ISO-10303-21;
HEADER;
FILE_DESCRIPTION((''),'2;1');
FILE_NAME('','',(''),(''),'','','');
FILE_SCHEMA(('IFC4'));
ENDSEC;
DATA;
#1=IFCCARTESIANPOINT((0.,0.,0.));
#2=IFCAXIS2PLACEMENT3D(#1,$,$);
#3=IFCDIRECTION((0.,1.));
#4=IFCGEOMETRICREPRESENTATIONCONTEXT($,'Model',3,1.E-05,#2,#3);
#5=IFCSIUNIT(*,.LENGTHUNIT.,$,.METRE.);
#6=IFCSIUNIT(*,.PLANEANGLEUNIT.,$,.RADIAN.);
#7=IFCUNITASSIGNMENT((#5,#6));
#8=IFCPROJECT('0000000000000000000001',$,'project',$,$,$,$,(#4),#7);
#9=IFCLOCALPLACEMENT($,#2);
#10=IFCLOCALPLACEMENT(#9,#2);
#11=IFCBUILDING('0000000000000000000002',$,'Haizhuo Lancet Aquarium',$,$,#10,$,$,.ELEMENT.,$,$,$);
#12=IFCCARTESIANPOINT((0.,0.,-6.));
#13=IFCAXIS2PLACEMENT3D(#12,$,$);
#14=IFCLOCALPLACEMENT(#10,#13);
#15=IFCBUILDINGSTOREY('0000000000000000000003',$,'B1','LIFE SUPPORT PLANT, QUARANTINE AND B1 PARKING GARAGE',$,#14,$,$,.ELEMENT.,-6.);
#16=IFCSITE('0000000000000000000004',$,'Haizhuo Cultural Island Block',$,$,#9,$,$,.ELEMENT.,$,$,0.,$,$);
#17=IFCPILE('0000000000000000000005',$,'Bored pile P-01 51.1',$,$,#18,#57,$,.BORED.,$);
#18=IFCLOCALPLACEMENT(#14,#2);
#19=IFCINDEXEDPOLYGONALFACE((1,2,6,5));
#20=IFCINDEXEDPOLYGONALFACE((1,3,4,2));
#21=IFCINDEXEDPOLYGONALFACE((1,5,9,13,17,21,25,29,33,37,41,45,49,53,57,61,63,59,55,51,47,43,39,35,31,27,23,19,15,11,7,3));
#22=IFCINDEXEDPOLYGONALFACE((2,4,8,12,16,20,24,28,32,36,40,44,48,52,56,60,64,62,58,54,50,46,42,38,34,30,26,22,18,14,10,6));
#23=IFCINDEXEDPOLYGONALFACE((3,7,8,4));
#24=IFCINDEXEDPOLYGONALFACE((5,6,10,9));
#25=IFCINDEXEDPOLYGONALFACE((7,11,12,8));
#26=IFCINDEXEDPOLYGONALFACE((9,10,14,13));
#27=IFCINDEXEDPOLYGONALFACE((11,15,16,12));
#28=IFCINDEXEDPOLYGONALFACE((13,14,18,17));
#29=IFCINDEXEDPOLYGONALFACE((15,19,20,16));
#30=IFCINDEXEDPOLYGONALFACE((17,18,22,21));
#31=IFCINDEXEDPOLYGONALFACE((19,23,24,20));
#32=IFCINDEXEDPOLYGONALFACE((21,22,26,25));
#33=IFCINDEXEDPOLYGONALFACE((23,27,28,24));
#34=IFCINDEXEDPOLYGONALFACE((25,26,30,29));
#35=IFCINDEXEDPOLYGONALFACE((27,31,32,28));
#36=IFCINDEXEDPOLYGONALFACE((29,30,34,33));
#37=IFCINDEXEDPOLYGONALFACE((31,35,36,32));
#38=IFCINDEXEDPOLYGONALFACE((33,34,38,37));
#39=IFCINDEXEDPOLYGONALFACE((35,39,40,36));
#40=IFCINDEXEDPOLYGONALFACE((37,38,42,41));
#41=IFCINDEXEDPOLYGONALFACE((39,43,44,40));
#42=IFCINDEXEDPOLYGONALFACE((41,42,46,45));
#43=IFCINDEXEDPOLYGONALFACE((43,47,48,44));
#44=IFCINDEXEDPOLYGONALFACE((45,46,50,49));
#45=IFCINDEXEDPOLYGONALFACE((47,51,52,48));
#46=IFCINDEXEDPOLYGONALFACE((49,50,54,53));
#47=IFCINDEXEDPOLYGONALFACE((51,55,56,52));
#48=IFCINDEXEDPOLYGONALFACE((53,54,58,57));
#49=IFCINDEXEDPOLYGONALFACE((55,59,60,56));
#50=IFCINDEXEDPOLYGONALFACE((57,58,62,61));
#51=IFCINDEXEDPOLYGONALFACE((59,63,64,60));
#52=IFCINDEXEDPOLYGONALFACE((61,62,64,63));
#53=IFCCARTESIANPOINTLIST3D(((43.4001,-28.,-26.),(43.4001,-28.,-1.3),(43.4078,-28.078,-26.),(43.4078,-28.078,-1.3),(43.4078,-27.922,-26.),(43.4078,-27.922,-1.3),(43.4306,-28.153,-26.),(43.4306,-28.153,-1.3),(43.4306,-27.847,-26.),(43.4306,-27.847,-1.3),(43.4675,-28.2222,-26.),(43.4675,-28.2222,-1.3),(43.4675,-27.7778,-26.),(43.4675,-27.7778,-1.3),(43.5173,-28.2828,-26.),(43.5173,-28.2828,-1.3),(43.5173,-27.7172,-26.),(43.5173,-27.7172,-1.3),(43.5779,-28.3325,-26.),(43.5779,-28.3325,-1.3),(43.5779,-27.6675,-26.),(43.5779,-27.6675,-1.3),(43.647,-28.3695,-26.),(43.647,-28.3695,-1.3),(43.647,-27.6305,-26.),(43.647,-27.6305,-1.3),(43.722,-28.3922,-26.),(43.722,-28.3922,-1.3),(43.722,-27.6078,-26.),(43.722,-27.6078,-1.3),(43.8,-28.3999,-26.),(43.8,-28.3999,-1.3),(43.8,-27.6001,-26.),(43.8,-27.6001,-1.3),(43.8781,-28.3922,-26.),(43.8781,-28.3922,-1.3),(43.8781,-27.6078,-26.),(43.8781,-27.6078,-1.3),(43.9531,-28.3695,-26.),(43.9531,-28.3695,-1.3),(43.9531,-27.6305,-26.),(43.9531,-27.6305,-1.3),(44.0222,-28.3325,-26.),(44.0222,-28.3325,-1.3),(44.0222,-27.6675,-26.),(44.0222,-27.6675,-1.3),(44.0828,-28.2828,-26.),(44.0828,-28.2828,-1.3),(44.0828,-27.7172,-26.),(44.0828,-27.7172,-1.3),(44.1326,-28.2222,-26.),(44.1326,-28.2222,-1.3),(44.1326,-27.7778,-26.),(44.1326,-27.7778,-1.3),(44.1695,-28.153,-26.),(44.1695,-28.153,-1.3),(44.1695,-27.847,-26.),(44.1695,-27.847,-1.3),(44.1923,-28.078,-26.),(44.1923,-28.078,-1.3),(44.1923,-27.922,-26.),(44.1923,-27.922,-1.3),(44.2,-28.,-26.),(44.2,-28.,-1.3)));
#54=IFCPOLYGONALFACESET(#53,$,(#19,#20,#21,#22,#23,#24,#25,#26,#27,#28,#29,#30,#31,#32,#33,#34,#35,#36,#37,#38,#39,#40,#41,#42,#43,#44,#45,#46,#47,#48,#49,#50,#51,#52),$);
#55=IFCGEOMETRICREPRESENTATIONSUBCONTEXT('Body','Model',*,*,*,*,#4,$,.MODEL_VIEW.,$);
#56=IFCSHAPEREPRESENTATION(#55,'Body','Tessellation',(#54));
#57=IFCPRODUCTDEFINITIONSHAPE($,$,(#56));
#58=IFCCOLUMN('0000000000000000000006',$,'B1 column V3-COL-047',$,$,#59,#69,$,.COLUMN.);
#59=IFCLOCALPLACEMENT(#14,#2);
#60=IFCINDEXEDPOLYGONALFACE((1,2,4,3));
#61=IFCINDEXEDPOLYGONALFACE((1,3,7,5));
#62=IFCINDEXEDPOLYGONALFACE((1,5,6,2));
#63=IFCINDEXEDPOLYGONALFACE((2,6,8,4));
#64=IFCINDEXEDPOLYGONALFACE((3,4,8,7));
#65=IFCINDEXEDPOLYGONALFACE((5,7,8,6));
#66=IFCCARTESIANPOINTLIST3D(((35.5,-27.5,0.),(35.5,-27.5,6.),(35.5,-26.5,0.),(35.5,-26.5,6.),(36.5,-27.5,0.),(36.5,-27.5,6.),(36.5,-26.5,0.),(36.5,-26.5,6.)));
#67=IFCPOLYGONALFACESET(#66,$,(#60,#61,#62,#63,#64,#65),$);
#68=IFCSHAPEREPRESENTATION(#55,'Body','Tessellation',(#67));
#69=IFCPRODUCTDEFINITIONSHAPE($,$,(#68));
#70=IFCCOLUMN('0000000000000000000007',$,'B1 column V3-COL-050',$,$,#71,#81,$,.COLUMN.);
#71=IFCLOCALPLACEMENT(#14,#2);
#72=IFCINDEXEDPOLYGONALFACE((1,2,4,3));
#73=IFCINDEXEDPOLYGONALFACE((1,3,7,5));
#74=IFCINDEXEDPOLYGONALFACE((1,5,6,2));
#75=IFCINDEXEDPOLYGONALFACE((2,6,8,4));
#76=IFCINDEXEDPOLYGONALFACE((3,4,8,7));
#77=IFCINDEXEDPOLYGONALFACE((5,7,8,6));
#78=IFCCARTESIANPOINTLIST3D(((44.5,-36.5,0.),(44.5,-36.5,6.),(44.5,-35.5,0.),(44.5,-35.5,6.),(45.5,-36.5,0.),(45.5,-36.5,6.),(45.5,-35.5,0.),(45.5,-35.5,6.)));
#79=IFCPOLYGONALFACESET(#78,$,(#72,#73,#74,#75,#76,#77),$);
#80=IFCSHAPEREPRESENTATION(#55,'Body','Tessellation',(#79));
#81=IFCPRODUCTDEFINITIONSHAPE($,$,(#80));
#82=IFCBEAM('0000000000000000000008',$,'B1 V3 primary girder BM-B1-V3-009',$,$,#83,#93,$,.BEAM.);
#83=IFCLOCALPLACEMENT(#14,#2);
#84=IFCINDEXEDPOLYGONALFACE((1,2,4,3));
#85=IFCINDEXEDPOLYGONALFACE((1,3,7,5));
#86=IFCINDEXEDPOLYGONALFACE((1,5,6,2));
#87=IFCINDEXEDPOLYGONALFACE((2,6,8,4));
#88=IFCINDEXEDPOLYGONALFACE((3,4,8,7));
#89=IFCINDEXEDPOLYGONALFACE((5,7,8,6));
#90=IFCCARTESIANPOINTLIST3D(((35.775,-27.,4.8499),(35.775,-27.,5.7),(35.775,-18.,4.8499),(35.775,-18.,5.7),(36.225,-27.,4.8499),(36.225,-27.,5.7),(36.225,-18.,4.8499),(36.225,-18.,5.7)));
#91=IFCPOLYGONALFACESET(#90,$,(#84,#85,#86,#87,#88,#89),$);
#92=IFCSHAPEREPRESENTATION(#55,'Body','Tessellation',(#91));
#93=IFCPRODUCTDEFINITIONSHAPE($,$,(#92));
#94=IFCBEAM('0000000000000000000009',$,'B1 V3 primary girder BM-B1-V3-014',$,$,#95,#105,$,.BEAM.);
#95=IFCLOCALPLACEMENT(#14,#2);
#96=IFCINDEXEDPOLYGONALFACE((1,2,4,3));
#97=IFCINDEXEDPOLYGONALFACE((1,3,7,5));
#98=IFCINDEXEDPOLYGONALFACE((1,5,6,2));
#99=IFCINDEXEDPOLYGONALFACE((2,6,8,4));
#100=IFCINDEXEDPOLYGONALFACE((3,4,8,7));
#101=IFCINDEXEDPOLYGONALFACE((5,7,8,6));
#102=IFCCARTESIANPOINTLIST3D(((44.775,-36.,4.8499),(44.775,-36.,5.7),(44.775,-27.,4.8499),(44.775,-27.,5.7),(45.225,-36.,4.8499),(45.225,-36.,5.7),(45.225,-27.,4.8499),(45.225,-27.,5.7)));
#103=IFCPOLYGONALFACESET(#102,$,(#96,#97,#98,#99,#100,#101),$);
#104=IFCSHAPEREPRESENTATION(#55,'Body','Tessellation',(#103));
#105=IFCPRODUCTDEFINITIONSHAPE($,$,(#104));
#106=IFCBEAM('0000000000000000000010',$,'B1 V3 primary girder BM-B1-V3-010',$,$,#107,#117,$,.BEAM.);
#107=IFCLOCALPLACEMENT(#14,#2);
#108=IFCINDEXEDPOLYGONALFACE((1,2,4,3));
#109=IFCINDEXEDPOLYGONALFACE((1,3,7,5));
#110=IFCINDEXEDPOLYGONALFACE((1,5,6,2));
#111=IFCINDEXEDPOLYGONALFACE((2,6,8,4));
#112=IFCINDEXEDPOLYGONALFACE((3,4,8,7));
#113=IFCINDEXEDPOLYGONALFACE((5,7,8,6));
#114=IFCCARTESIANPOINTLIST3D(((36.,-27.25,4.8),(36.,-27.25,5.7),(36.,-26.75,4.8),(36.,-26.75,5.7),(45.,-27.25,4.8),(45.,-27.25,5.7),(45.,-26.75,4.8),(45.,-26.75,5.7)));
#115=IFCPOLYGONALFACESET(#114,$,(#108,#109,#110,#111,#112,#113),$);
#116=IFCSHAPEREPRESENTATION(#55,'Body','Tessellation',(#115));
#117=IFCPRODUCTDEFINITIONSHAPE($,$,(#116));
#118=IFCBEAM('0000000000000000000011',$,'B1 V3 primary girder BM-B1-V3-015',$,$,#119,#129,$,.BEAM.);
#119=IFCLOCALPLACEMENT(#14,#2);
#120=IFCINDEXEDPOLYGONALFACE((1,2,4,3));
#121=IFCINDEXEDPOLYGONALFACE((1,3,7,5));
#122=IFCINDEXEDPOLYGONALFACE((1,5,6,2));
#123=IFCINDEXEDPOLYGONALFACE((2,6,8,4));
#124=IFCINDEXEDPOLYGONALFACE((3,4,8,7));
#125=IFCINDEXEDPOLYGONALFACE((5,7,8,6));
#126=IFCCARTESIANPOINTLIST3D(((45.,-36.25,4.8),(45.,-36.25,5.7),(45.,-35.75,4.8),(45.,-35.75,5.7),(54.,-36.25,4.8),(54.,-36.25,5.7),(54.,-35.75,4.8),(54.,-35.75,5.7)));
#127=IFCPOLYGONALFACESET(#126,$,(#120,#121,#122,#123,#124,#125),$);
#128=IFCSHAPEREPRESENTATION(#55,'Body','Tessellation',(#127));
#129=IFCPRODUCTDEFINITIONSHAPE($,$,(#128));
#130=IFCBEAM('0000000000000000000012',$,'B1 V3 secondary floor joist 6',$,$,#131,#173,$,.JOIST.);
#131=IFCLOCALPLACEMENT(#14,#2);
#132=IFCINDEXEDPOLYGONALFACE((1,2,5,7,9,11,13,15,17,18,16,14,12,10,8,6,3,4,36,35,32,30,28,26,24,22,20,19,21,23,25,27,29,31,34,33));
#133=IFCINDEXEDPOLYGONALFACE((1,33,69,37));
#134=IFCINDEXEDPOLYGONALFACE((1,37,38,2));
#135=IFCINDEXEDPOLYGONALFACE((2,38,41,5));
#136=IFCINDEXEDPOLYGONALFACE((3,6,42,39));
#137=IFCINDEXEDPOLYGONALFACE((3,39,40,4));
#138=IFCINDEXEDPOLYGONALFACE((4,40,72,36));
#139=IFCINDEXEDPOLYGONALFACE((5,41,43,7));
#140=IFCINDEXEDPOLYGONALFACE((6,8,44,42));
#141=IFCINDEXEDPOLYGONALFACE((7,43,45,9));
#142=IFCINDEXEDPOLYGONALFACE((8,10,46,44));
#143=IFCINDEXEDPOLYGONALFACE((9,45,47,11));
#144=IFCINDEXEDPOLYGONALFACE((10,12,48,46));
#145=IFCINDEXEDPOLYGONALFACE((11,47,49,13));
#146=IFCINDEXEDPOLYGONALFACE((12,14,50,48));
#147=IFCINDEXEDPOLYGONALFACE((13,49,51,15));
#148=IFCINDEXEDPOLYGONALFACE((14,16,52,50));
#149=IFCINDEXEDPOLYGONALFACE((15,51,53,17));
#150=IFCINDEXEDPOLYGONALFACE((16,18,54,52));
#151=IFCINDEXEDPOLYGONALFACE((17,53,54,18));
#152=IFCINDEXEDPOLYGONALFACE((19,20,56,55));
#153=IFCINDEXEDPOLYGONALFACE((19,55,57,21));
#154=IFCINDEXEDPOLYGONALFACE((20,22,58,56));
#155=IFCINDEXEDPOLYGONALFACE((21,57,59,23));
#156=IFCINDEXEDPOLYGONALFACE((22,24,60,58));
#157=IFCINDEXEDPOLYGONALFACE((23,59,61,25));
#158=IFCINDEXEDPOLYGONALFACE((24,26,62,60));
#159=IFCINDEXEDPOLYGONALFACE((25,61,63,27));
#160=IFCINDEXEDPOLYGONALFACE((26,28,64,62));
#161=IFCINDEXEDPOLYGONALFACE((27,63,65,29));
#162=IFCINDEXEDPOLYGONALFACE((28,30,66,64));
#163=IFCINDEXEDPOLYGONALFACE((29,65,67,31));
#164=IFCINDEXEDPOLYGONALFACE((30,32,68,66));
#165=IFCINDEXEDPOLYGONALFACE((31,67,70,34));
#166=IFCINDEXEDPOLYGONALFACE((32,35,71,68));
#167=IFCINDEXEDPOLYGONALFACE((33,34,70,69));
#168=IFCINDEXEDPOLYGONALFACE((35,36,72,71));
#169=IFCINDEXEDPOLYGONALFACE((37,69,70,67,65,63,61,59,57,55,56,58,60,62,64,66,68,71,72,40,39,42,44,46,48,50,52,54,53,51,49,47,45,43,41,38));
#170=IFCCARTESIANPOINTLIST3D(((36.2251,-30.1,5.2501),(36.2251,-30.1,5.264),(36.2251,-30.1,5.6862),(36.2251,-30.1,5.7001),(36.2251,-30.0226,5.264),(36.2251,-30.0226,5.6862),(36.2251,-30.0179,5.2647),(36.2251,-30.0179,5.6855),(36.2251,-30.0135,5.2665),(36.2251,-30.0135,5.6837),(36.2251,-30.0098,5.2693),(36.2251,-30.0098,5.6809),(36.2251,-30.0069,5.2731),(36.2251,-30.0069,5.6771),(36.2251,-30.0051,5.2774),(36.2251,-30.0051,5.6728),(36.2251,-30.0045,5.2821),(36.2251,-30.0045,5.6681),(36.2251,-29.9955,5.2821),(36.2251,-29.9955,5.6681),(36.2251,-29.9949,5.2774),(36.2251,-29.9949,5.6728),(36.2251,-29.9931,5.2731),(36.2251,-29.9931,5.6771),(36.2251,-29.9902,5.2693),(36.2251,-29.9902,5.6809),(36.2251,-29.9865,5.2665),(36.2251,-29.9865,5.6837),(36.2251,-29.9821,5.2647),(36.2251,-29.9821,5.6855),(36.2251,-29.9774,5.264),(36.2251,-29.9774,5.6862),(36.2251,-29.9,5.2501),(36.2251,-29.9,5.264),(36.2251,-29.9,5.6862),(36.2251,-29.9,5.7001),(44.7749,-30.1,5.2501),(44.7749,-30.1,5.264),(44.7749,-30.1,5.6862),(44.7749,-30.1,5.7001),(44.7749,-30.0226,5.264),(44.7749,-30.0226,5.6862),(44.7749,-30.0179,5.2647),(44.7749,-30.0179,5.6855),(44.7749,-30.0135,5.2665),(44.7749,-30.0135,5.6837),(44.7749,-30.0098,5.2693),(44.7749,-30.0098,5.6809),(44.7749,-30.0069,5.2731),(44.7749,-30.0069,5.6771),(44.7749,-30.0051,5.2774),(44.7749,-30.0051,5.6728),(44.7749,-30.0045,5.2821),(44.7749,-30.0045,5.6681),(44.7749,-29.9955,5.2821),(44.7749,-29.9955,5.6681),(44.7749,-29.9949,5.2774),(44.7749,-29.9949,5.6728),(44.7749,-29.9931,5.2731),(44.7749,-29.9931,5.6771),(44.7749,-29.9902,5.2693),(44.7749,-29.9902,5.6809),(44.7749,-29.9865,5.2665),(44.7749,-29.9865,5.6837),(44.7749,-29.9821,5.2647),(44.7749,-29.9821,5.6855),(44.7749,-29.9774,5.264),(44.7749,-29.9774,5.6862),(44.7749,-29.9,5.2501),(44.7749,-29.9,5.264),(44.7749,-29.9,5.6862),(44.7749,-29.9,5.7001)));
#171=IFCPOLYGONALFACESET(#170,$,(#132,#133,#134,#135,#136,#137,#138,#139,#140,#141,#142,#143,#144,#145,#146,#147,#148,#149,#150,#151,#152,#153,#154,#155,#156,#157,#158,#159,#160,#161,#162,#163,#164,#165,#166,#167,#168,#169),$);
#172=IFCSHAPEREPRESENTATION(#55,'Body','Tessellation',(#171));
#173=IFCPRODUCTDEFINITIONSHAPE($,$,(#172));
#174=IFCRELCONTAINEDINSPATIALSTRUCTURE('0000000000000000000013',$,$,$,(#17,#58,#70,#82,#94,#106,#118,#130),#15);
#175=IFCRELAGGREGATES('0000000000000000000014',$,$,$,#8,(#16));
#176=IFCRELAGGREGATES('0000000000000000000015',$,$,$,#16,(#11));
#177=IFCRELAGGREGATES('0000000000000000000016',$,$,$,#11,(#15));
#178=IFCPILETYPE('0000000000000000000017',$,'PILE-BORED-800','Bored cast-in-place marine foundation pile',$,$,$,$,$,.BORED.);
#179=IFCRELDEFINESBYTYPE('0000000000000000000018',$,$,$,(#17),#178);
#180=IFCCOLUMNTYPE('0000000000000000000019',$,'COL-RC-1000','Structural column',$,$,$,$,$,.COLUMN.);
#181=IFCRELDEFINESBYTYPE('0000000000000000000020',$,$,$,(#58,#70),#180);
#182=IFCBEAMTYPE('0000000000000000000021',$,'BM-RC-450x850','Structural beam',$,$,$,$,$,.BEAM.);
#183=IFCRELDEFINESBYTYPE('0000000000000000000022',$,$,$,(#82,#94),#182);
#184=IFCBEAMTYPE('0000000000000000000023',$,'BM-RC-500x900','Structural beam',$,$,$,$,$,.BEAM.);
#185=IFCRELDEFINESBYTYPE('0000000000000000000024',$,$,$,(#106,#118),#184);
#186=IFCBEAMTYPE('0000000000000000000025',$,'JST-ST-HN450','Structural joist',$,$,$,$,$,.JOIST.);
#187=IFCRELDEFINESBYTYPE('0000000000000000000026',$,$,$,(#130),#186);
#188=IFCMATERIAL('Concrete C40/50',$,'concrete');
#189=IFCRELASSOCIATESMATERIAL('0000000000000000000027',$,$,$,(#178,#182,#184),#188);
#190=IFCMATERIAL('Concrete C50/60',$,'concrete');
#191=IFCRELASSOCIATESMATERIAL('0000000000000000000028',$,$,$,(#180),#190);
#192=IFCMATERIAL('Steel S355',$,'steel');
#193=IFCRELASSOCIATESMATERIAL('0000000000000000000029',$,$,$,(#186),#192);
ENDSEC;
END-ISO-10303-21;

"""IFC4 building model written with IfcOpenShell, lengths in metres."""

from ifc_helpers import new_model, si_unit, direction, frame, origin, origin_2d, place, context, subcontext, project, spatial, rectangle, circle, i_section, extrude, material, material_profile, profile_set, type_object, element, save


model = new_model("IFC4")

# Units and contexts
model_context = context("Model", 3, precision=1e-05, world=origin(), true_north=direction((0.0, 1.0)))
body_context = subcontext(model_context, "Body", "Model", "MODEL_VIEW")
ifc_project = project(units=[si_unit("LENGTHUNIT", "METRE"), si_unit("PLANEANGLEUNIT", "RADIAN")], contexts=[model_context])

# Site, building, storey
site_placement = place(None, origin())
site = spatial("IfcSite", under=ifc_project, at=site_placement, Name="Haizhuo Cultural Island Block", CompositionType="ELEMENT", RefElevation=0.0)
building_placement = place(site_placement, origin())
building = spatial("IfcBuilding", under=site, at=building_placement, Name="Haizhuo Lancet Aquarium", CompositionType="ELEMENT")
storey_placement = place(building_placement, frame((0.0, 0.0, -6.0)))
storey = spatial("IfcBuildingStorey", under=building, at=storey_placement, Name="B1", Description="LIFE SUPPORT PLANT, QUARANTINE AND B1 PARKING GARAGE", CompositionType="ELEMENT", Elevation=-6.0)

# Shared definitions
ifc_material_1 = material(Name="Concrete C40/50", Category="concrete")

# Pile
ifc_material_profile_1 = material_profile(ifc_material_1, circle(Radius=0.3999, at=origin_2d()), Name="PILE-800")
ifc_profile_set_1 = profile_set([ifc_material_profile_1], Name="Concrete C40/50")
pile_type = type_object("IfcPileType", Name="PILE-BORED-800", Description="Bored cast-in-place marine foundation pile", PredefinedType="BORED", material=ifc_profile_set_1)
pile_placement = place(storey_placement, frame((43.8, -28.0, -1.3), z_axis=(0.0, 0.0, -1.0), x_axis=(1.0, 0.0, 0.0)))
element("IfcPile", 1, at=pile_placement, inside=storey, type_object=pile_type, Name="Bored pile P-01 51.1", PredefinedType="BORED", context=body_context, shape_type="SweptSolid", body=[
    extrude(circle(Radius=0.3999, at=origin_2d()), origin(), (0.0, 0.0, 1.0), 24.7),
])

# Columns
ifc_material_2 = material(Name="Concrete C50/60", Category="concrete")
ifc_material_profile_2 = material_profile(ifc_material_2, rectangle(XDim=1.0, YDim=1.0, at=origin_2d()), Name="RC-COL 1000x1000")
ifc_profile_set_2 = profile_set([ifc_material_profile_2], Name="Concrete C50/60")
column_type = type_object("IfcColumnType", Name="COL-RC-1000", Description="Structural column", PredefinedType="COLUMN", material=ifc_profile_set_2)
for number, where, z_axis, x_axis, name in (
    (2, (36.0, -27.0, 0.0), (0.0, 0.0, 1.0), (1.0, 0.0, 0.0), "B1 column V3-COL-047"),
    (3, (45.0, -36.0, 0.0), (0.0, 0.0, 1.0), (1.0, 0.0, 0.0), "B1 column V3-COL-050"),
):
    element("IfcColumn", number, at=place(storey_placement, frame(where, z_axis=z_axis, x_axis=x_axis)), inside=storey, type_object=column_type, Name=name, PredefinedType="COLUMN", context=body_context, shape_type="SweptSolid", body=[
        extrude(rectangle(XDim=1.0, YDim=1.0, at=origin_2d()), origin(), (0.0, 0.0, 1.0), 6.0),
    ])

# Beams
ifc_material_profile_3 = material_profile(ifc_material_1, rectangle(XDim=0.45, YDim=0.8501, at=origin_2d()), Name="RC-BM 450x850")
ifc_profile_set_3 = profile_set([ifc_material_profile_3], Name="Concrete C40/50")
beam_type_1 = type_object("IfcBeamType", Name="BM-RC-450x850", Description="Structural beam", PredefinedType="BEAM", material=ifc_profile_set_3)
for number, where, z_axis, x_axis, name in (
    (4, (36.0, -27.0, 5.2749), (0.0, 1.0, 0.0), (-1.0, 0.0, 0.0), "B1 V3 primary girder BM-B1-V3-009"),
    (5, (45.0, -36.0, 5.2749), (0.0, 1.0, 0.0), (-1.0, 0.0, 0.0), "B1 V3 primary girder BM-B1-V3-014"),
):
    element("IfcBeam", number, at=place(storey_placement, frame(where, z_axis=z_axis, x_axis=x_axis)), inside=storey, type_object=beam_type_1, Name=name, PredefinedType="BEAM", context=body_context, shape_type="SweptSolid", body=[
        extrude(rectangle(XDim=0.45, YDim=0.8501, at=origin_2d()), origin(), (0.0, 0.0, 1.0), 9.0),
    ])
ifc_material_profile_4 = material_profile(ifc_material_1, rectangle(XDim=0.5, YDim=0.8999, at=origin_2d()), Name="RC-BM 500x900")
ifc_profile_set_4 = profile_set([ifc_material_profile_4], Name="Concrete C40/50")
beam_type_2 = type_object("IfcBeamType", Name="BM-RC-500x900", Description="Structural beam", PredefinedType="BEAM", material=ifc_profile_set_4)
for number, where, z_axis, x_axis, name in (
    (6, (36.0, -27.0, 5.25), (1.0, 0.0, 0.0), (0.0, 1.0, 0.0), "B1 V3 primary girder BM-B1-V3-010"),
    (7, (45.0, -36.0, 5.25), (1.0, 0.0, 0.0), (0.0, 1.0, 0.0), "B1 V3 primary girder BM-B1-V3-015"),
):
    element("IfcBeam", number, at=place(storey_placement, frame(where, z_axis=z_axis, x_axis=x_axis)), inside=storey, type_object=beam_type_2, Name=name, PredefinedType="BEAM", context=body_context, shape_type="SweptSolid", body=[
        extrude(rectangle(XDim=0.5, YDim=0.8999, at=origin_2d()), origin(), (0.0, 0.0, 1.0), 9.0),
    ])
ifc_material_3 = material(Name="Steel S355", Category="steel")
ifc_material_profile_5 = material_profile(ifc_material_3, i_section(OverallWidth=0.2, OverallDepth=0.45, WebThickness=0.009, FlangeThickness=0.0139, FilletRadius=0.0181, at=origin_2d()), Name="HN 450x200x9x14")
ifc_profile_set_5 = profile_set([ifc_material_profile_5], Name="Steel S355")
beam_type_3 = type_object("IfcBeamType", Name="JST-ST-HN450", Description="Structural joist", PredefinedType="JOIST", material=ifc_profile_set_5)
beam_1_placement = place(storey_placement, frame((36.2251, -30.0, 5.4751), z_axis=(1.0, 0.0, 0.0), x_axis=(0.0, 1.0, 0.0)))
element("IfcBeam", 8, at=beam_1_placement, inside=storey, type_object=beam_type_3, Name="B1 V3 secondary floor joist 6", PredefinedType="JOIST", context=body_context, shape_type="SweptSolid", body=[
    extrude(i_section(OverallWidth=0.2, OverallDepth=0.45, WebThickness=0.009, FlangeThickness=0.0139, FilletRadius=0.0181, at=origin_2d()), origin(), (0.0, 0.0, 1.0), 8.5498),
])

save(model, "model.ifc")
